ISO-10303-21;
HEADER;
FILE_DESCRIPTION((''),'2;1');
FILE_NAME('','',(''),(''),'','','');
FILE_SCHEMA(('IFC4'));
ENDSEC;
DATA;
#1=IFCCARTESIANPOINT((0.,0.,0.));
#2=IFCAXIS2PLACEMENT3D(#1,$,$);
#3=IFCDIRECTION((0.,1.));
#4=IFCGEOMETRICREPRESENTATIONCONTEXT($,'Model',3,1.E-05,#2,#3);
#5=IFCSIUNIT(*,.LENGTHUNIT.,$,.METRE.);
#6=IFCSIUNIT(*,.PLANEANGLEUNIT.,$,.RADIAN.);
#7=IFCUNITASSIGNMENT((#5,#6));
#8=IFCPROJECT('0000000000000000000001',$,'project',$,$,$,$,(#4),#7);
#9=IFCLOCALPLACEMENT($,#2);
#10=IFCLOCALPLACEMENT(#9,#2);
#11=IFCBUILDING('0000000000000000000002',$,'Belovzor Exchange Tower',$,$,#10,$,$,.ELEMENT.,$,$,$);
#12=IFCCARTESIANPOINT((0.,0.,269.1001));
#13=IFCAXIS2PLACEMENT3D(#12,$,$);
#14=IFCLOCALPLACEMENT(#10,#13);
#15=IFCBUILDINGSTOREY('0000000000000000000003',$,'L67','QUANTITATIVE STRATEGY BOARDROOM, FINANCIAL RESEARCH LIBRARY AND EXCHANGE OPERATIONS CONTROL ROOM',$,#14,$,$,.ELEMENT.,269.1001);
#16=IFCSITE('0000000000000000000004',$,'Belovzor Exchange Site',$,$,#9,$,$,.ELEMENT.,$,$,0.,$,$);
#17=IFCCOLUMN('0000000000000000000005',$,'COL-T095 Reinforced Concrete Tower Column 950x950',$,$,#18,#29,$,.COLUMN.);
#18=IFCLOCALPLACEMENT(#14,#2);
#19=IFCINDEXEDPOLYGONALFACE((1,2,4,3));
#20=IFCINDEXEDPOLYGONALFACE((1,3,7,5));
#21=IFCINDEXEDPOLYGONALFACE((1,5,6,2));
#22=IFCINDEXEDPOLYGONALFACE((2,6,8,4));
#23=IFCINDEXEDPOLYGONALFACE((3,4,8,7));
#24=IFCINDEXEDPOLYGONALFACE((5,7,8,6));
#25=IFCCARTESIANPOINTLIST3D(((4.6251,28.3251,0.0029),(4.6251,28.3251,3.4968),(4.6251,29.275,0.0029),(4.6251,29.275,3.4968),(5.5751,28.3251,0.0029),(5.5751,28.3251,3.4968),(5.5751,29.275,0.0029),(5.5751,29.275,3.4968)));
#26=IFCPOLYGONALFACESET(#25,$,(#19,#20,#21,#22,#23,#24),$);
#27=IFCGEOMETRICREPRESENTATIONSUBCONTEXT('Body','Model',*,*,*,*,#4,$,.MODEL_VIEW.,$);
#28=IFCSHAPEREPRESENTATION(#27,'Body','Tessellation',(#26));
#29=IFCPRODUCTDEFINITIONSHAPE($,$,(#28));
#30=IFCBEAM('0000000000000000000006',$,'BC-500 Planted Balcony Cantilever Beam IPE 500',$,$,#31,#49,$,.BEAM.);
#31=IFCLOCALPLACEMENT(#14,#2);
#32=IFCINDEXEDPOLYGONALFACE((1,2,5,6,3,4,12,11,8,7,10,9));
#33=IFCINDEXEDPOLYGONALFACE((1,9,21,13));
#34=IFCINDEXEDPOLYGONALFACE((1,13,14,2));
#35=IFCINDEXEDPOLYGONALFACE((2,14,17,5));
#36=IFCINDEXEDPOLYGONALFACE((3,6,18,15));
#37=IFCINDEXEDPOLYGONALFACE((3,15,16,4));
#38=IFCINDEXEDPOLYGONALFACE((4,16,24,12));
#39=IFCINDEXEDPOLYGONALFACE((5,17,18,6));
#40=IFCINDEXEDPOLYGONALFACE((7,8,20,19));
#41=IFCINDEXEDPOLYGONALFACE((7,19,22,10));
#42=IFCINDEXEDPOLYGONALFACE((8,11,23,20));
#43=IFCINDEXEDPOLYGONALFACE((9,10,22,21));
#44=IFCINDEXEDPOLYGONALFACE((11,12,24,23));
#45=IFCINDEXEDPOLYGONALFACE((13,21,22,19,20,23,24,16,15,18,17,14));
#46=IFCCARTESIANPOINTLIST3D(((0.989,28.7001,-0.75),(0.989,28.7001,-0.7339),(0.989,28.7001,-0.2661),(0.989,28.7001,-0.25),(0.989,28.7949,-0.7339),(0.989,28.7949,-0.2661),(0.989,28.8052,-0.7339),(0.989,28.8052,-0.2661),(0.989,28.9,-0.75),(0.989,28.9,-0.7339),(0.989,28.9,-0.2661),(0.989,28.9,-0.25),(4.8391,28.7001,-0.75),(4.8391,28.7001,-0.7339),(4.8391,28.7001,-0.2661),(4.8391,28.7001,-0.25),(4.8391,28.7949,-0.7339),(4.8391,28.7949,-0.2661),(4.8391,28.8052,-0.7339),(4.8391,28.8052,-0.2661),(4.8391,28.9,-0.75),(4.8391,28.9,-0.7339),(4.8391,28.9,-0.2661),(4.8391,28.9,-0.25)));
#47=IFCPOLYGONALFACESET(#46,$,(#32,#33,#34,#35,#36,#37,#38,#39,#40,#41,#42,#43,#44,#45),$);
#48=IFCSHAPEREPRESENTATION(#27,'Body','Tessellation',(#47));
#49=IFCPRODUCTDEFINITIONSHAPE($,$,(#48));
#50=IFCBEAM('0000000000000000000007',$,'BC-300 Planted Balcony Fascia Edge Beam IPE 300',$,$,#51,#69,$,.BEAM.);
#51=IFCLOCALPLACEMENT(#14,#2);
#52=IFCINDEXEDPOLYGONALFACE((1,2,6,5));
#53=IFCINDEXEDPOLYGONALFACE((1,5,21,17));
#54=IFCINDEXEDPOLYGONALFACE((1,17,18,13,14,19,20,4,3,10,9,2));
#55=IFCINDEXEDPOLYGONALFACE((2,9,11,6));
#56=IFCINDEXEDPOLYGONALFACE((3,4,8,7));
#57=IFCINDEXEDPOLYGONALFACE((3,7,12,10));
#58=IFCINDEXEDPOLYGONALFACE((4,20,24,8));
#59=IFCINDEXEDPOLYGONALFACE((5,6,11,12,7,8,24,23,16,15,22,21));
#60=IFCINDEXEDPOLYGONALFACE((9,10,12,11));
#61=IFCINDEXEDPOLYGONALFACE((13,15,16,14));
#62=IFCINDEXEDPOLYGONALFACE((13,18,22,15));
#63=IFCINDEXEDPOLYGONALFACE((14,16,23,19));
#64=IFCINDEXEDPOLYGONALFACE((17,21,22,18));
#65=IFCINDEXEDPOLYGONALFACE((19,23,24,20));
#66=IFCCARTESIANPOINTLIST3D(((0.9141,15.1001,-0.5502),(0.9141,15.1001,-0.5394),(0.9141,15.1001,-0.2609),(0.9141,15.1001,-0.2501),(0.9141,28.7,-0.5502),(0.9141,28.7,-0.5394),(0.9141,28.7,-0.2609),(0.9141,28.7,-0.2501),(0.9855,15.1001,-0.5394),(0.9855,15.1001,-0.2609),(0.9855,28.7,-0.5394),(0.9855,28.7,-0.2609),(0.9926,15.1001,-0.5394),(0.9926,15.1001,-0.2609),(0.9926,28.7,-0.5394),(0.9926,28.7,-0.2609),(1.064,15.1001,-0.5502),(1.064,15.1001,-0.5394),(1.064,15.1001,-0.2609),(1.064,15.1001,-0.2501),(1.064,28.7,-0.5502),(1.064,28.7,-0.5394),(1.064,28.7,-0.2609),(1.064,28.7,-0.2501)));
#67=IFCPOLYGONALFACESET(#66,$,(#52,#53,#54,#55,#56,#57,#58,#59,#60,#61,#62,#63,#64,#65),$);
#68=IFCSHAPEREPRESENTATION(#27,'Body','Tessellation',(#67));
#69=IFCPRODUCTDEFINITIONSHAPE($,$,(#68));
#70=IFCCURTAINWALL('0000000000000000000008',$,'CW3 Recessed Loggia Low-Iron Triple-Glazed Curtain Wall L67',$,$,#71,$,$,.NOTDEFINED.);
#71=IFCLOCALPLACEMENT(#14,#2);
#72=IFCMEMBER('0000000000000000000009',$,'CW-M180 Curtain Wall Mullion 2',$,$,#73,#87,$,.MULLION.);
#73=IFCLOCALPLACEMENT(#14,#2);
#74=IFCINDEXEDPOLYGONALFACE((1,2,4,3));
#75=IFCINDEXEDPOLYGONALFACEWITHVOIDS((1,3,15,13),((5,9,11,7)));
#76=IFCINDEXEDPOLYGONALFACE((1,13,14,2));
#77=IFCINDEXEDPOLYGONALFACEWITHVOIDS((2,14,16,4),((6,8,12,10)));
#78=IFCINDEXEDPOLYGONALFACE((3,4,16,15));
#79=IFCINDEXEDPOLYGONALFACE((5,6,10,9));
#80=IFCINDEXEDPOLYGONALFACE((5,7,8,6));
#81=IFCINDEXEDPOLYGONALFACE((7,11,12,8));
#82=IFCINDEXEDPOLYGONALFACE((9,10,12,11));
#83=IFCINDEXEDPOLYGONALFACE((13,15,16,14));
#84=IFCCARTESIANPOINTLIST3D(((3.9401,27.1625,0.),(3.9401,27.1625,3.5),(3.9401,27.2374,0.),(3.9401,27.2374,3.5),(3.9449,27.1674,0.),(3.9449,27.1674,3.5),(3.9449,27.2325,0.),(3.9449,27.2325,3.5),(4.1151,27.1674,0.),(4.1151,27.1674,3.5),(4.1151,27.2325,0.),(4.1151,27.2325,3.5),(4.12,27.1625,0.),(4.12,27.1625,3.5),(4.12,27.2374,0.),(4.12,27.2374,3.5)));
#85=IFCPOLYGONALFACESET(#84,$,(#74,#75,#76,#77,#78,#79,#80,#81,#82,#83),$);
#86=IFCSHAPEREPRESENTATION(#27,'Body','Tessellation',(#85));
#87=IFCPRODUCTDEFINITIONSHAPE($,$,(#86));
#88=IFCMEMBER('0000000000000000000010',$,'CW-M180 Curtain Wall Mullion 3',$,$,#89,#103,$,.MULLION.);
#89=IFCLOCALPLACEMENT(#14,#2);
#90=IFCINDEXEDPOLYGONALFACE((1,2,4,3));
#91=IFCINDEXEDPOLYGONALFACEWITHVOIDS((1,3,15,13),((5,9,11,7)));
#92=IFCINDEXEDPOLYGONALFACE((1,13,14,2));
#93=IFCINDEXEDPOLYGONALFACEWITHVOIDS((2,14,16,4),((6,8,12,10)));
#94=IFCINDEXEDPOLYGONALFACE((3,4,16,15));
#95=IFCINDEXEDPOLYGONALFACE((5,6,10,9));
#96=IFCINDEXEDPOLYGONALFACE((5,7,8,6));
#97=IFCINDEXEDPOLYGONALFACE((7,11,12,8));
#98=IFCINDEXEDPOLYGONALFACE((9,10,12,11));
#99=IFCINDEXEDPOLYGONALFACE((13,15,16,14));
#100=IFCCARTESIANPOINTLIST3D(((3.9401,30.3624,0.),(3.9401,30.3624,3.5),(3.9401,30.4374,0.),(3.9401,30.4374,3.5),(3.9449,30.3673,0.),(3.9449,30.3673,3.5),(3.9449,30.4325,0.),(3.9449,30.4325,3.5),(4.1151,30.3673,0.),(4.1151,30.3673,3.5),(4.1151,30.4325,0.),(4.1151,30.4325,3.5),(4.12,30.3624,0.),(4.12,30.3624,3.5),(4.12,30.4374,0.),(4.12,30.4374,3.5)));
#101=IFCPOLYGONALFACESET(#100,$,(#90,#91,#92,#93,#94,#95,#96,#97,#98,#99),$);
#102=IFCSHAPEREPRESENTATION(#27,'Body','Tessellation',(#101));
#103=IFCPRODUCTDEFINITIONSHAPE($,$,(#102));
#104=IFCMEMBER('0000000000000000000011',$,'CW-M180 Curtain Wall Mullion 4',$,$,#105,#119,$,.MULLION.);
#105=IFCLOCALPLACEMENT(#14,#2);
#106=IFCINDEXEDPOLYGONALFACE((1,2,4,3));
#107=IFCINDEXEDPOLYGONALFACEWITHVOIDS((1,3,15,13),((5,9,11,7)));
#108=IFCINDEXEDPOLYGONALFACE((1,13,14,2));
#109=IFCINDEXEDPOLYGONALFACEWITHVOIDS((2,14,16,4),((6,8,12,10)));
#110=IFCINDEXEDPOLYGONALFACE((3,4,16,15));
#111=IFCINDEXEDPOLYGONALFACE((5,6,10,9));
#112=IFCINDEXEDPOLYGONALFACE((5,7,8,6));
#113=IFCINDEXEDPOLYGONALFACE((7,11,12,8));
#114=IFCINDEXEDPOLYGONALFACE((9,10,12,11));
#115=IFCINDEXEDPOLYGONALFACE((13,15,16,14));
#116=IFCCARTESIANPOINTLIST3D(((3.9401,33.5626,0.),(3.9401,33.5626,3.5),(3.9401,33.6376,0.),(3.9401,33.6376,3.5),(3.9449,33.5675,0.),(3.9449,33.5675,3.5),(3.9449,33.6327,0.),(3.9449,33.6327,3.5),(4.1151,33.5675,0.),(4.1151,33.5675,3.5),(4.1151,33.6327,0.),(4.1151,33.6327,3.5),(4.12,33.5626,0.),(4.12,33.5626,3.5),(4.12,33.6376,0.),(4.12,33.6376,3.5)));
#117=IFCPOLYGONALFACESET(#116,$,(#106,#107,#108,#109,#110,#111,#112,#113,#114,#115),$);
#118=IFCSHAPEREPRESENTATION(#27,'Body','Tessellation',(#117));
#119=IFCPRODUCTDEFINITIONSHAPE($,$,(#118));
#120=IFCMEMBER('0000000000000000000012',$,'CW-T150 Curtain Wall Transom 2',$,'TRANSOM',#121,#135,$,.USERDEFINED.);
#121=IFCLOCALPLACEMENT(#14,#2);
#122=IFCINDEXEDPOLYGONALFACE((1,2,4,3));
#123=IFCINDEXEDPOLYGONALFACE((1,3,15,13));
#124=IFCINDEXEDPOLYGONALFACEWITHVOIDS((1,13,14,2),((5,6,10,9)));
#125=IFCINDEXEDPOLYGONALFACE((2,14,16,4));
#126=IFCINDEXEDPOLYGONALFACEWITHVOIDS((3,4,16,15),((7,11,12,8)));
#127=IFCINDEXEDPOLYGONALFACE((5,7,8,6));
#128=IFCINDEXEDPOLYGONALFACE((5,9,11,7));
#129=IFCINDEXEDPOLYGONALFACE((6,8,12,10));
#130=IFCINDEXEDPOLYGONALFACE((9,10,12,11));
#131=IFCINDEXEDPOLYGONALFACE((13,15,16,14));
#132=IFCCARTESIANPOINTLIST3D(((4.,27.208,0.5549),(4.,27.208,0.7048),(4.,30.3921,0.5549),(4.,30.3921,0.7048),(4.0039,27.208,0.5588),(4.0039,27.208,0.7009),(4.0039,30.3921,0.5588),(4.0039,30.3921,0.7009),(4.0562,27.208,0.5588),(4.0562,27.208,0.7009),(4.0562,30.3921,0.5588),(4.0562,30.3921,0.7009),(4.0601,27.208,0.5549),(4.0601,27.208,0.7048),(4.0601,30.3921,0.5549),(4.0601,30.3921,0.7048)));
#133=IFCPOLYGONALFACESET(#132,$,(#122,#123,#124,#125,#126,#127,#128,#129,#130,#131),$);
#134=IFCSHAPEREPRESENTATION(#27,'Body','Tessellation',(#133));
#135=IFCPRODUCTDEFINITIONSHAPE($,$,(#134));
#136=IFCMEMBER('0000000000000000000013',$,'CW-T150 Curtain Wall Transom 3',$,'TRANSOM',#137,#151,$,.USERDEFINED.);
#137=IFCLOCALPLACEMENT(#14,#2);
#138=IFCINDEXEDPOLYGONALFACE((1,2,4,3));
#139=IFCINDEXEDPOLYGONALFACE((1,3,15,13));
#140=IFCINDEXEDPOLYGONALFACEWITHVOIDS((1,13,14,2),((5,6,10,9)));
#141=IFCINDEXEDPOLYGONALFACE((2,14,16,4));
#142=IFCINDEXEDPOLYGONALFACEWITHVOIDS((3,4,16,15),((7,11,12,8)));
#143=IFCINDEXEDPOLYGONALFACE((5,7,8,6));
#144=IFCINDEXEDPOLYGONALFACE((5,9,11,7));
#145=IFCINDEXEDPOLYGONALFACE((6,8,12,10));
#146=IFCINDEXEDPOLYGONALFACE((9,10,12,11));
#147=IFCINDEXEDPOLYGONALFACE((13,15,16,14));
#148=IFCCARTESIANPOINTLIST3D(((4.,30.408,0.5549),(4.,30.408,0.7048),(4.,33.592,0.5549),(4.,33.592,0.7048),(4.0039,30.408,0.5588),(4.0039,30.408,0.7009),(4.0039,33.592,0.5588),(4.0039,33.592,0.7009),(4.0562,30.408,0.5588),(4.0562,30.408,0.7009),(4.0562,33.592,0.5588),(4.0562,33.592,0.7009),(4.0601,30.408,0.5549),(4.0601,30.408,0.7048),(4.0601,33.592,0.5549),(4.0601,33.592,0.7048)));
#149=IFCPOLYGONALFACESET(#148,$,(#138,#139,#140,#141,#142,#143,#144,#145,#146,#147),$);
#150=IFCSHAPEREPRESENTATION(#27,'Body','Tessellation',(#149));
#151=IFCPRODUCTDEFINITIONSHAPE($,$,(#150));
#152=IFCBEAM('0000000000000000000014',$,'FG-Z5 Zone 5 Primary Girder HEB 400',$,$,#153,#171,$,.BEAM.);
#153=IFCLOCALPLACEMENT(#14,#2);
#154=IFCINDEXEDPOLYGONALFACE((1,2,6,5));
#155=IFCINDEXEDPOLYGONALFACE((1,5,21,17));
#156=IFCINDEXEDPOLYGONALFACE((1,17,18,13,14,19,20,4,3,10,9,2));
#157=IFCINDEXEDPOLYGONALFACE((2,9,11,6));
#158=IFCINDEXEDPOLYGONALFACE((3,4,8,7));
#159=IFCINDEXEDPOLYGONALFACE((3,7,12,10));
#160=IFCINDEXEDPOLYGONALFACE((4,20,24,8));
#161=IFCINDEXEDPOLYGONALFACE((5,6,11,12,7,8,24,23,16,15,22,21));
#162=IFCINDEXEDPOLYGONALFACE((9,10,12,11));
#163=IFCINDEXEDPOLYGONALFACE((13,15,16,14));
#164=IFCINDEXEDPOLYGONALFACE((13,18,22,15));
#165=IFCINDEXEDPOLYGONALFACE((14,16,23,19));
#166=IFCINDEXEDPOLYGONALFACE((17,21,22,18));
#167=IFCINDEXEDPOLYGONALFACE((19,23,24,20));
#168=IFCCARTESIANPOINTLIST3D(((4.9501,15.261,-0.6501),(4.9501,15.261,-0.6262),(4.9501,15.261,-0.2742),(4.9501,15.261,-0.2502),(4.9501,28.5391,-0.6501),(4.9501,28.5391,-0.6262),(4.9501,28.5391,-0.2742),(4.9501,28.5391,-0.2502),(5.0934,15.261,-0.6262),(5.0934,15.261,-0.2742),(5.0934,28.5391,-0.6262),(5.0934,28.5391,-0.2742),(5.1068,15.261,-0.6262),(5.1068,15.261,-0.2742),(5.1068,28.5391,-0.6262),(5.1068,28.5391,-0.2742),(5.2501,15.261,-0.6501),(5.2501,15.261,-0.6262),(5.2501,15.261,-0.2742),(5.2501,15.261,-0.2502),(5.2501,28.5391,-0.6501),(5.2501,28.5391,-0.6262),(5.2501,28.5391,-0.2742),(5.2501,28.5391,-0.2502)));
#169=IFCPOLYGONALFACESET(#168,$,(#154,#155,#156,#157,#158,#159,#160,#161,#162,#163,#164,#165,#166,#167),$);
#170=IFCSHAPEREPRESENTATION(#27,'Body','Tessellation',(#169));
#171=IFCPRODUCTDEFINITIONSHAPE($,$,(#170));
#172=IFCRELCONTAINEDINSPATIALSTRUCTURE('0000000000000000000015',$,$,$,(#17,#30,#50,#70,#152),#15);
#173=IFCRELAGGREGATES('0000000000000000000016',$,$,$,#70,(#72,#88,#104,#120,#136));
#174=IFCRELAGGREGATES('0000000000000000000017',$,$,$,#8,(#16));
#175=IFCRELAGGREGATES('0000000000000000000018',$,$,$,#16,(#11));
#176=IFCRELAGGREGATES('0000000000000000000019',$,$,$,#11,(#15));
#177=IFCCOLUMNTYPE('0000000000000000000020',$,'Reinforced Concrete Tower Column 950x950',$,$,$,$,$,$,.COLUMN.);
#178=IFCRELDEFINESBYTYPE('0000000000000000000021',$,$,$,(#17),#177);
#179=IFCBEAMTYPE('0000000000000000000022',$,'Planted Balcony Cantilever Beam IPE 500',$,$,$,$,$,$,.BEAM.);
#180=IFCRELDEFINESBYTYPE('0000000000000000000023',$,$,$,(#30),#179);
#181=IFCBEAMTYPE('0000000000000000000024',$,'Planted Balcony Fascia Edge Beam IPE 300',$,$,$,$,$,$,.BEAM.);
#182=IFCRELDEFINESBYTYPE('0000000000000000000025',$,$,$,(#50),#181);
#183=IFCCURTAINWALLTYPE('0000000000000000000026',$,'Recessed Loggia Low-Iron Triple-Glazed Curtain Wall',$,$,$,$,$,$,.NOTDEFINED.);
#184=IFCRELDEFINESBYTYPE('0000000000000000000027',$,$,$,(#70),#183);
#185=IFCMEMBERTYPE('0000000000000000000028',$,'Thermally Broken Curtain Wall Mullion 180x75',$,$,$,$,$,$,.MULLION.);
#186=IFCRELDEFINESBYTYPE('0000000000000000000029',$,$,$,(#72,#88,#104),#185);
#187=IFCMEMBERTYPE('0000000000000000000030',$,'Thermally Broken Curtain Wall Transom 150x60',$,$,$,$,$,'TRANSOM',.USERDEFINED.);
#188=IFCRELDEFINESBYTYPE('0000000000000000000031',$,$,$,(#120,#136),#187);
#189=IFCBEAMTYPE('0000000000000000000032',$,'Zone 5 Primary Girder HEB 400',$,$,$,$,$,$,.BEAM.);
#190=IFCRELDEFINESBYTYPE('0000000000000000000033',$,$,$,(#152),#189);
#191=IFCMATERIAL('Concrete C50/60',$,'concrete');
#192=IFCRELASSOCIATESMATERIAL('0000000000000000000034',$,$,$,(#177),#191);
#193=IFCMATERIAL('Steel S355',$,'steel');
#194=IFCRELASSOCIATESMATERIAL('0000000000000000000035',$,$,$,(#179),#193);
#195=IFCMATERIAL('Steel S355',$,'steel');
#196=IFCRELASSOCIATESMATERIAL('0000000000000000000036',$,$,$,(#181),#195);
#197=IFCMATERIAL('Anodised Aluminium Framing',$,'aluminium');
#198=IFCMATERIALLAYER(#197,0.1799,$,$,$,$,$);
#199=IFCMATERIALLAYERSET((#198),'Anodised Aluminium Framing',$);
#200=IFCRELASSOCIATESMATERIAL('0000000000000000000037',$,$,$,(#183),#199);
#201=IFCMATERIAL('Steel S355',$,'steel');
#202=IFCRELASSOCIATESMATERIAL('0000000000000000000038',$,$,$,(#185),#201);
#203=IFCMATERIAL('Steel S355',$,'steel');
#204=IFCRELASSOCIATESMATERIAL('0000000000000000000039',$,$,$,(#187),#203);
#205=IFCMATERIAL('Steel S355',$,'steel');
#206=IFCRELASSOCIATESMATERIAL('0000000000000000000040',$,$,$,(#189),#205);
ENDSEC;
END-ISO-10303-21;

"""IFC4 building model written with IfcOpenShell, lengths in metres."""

from ifc_helpers import new_model, si_unit, direction, frame, origin, origin_2d, place, context, subcontext, project, spatial, rectangle, hollow_rectangle, i_section, extrude, material, layer, layer_set, material_profile, profile_set, type_object, element, aggregate, save


model = new_model("IFC4")

# Units and contexts
model_context = context("Model", 3, precision=1e-05, world=origin(), true_north=direction((0.0, 1.0)))
body_context = subcontext(model_context, "Body", "Model", "MODEL_VIEW")
ifc_project = project(units=[si_unit("LENGTHUNIT", "METRE"), si_unit("PLANEANGLEUNIT", "RADIAN")], contexts=[model_context])

# Site, building, storey
site_placement = place(None, origin())
site = spatial("IfcSite", under=ifc_project, at=site_placement, Name="Belovzor Exchange Site", CompositionType="ELEMENT", RefElevation=0.0)
building_placement = place(site_placement, origin())
building = spatial("IfcBuilding", under=site, at=building_placement, Name="Belovzor Exchange Tower", CompositionType="ELEMENT")
storey_placement = place(building_placement, frame((0.0, 0.0, 269.1001)))
storey = spatial("IfcBuildingStorey", under=building, at=storey_placement, Name="L67", Description="QUANTITATIVE STRATEGY BOARDROOM, FINANCIAL RESEARCH LIBRARY AND EXCHANGE OPERATIONS CONTROL ROOM", CompositionType="ELEMENT", Elevation=269.1001)

# Column
ifc_material_1 = material(Name="Concrete C50/60", Category="concrete")
ifc_material_profile_1 = material_profile(ifc_material_1, rectangle(XDim=0.95, YDim=0.95, at=origin_2d()))
ifc_profile_set_1 = profile_set([ifc_material_profile_1], Name="Concrete C50/60")
column_type = type_object("IfcColumnType", Name="Reinforced Concrete Tower Column 950x950", PredefinedType="COLUMN", material=ifc_profile_set_1)
column_placement = place(storey_placement, frame((5.1001, 28.8, 0.0029), z_axis=(0.0, 0.0, 1.0), x_axis=(1.0, 0.0, 0.0)))
element("IfcColumn", 1, at=column_placement, inside=storey, type_object=column_type, Name="COL-T095 Reinforced Concrete Tower Column 950x950", PredefinedType="COLUMN", context=body_context, shape_type="SweptSolid", body=[
    extrude(rectangle(XDim=0.95, YDim=0.95, at=origin_2d()), origin(), (0.0, 0.0, 1.0), 3.4939),
])

# Beams
ifc_material_2 = material(Name="Steel S355", Category="steel")
ifc_material_profile_2 = material_profile(ifc_material_2, i_section(OverallWidth=0.2, OverallDepth=0.5, WebThickness=0.0103, FlangeThickness=0.0161, at=origin_2d()))
ifc_profile_set_2 = profile_set([ifc_material_profile_2], Name="Steel S355")
beam_type_1 = type_object("IfcBeamType", Name="Planted Balcony Cantilever Beam IPE 500", PredefinedType="BEAM", material=ifc_profile_set_2)
beam_1_placement = place(storey_placement, frame((4.8391, 28.8, -0.5), z_axis=(-1.0, 0.0, 0.0), x_axis=(0.0, -1.0, 0.0)))
element("IfcBeam", 2, at=beam_1_placement, inside=storey, type_object=beam_type_1, Name="BC-500 Planted Balcony Cantilever Beam IPE 500", PredefinedType="BEAM", context=body_context, shape_type="SweptSolid", body=[
    extrude(i_section(OverallWidth=0.2, OverallDepth=0.5, WebThickness=0.0103, FlangeThickness=0.0161, at=origin_2d()), origin(), (0.0, 0.0, 1.0), 3.8501),
])
ifc_material_3 = material(Name="Steel S355", Category="steel")
ifc_material_profile_3 = material_profile(ifc_material_3, i_section(OverallWidth=0.1499, OverallDepth=0.3, WebThickness=0.0071, FlangeThickness=0.0107, at=origin_2d()))
ifc_profile_set_3 = profile_set([ifc_material_profile_3], Name="Steel S355")
beam_type_2 = type_object("IfcBeamType", Name="Planted Balcony Fascia Edge Beam IPE 300", PredefinedType="BEAM", material=ifc_profile_set_3)
beam_2_placement = place(storey_placement, frame((0.989, 28.7, -0.4001), z_axis=(0.0, -1.0, 0.0), x_axis=(1.0, 0.0, 0.0)))
element("IfcBeam", 3, at=beam_2_placement, inside=storey, type_object=beam_type_2, Name="BC-300 Planted Balcony Fascia Edge Beam IPE 300", PredefinedType="BEAM", context=body_context, shape_type="SweptSolid", body=[
    extrude(i_section(OverallWidth=0.1499, OverallDepth=0.3, WebThickness=0.0071, FlangeThickness=0.0107, at=origin_2d()), origin(), (0.0, 0.0, 1.0), 13.5999),
])

# Curtain wall, members
ifc_material_4 = material(Name="Anodised Aluminium Framing", Category="aluminium")
ifc_layer_1 = layer(ifc_material_4, 0.1799)
ifc_layer_set_1 = layer_set([ifc_layer_1], Name="Anodised Aluminium Framing")
curtain_wall_type = type_object("IfcCurtainWallType", Name="Recessed Loggia Low-Iron Triple-Glazed Curtain Wall", PredefinedType="NOTDEFINED", material=ifc_layer_set_1)
curtain_wall_placement = place(storey_placement, origin())
curtain_wall = element("IfcCurtainWall", 4, at=curtain_wall_placement, inside=storey, type_object=curtain_wall_type, Name="CW3 Recessed Loggia Low-Iron Triple-Glazed Curtain Wall L67", PredefinedType="NOTDEFINED")
ifc_material_5 = material(Name="Steel S355", Category="steel")
ifc_material_profile_4 = material_profile(ifc_material_5, hollow_rectangle(XDim=0.075, YDim=0.1799, WallThickness=0.0049, at=origin_2d()))
ifc_profile_set_4 = profile_set([ifc_material_profile_4], Name="Steel S355")
member_type_1 = type_object("IfcMemberType", Name="Thermally Broken Curtain Wall Mullion 180x75", PredefinedType="MULLION", material=ifc_profile_set_4)
member_1_placement = place(storey_placement, frame((4.03, 27.2, 0.0), z_axis=(0.0, 0.0, 1.0), x_axis=(0.0, 1.0, 0.0)))
member_1 = element("IfcMember", 5, at=member_1_placement, type_object=member_type_1, Name="CW-M180 Curtain Wall Mullion 2", PredefinedType="MULLION", context=body_context, shape_type="SweptSolid", body=[
    extrude(hollow_rectangle(XDim=0.075, YDim=0.1799, WallThickness=0.0049, at=origin_2d()), origin(), (0.0, 0.0, 1.0), 3.5),
])
member_2_placement = place(storey_placement, frame((4.03, 30.3999, 0.0), z_axis=(0.0, 0.0, 1.0), x_axis=(0.0, 1.0, 0.0)))
member_2 = element("IfcMember", 6, at=member_2_placement, type_object=member_type_1, Name="CW-M180 Curtain Wall Mullion 3", PredefinedType="MULLION", context=body_context, shape_type="SweptSolid", body=[
    extrude(hollow_rectangle(XDim=0.075, YDim=0.1799, WallThickness=0.0049, at=origin_2d()), origin(), (0.0, 0.0, 1.0), 3.5),
])
member_3_placement = place(storey_placement, frame((4.03, 33.6001, 0.0), z_axis=(0.0, 0.0, 1.0), x_axis=(0.0, 1.0, 0.0)))
member_3 = element("IfcMember", 7, at=member_3_placement, type_object=member_type_1, Name="CW-M180 Curtain Wall Mullion 4", PredefinedType="MULLION", context=body_context, shape_type="SweptSolid", body=[
    extrude(hollow_rectangle(XDim=0.075, YDim=0.1799, WallThickness=0.0049, at=origin_2d()), origin(), (0.0, 0.0, 1.0), 3.5),
])
ifc_material_6 = material(Name="Steel S355", Category="steel")
ifc_material_profile_5 = material_profile(ifc_material_6, hollow_rectangle(XDim=0.0601, YDim=0.1499, WallThickness=0.0039, at=origin_2d()))
ifc_profile_set_5 = profile_set([ifc_material_profile_5], Name="Steel S355")
member_type_2 = type_object("IfcMemberType", Name="Thermally Broken Curtain Wall Transom 150x60", ElementType="TRANSOM", PredefinedType="USERDEFINED", material=ifc_profile_set_5)
member_4_placement = place(storey_placement, frame((4.03, 27.208, 0.6299), z_axis=(0.0, 1.0, 0.0), x_axis=(-1.0, 0.0, 0.0)))
member_4 = element("IfcMember", 8, at=member_4_placement, type_object=member_type_2, Name="CW-T150 Curtain Wall Transom 2", ObjectType="TRANSOM", PredefinedType="USERDEFINED", context=body_context, shape_type="SweptSolid", body=[
    extrude(hollow_rectangle(XDim=0.0601, YDim=0.1499, WallThickness=0.0039, at=origin_2d()), origin(), (0.0, 0.0, 1.0), 3.1841),
])
member_5_placement = place(storey_placement, frame((4.03, 30.408, 0.6299), z_axis=(0.0, 1.0, 0.0), x_axis=(-1.0, 0.0, 0.0)))
member_5 = element("IfcMember", 9, at=member_5_placement, type_object=member_type_2, Name="CW-T150 Curtain Wall Transom 3", ObjectType="TRANSOM", PredefinedType="USERDEFINED", context=body_context, shape_type="SweptSolid", body=[
    extrude(hollow_rectangle(XDim=0.0601, YDim=0.1499, WallThickness=0.0039, at=origin_2d()), origin(), (0.0, 0.0, 1.0), 3.1841),
])

# Beam
ifc_material_7 = material(Name="Steel S355", Category="steel")
ifc_material_profile_6 = material_profile(ifc_material_7, i_section(OverallWidth=0.3, OverallDepth=0.3999, WebThickness=0.0134, FlangeThickness=0.0239, at=origin_2d()))
ifc_profile_set_6 = profile_set([ifc_material_profile_6], Name="Steel S355")
beam_type_3 = type_object("IfcBeamType", Name="Zone 5 Primary Girder HEB 400", PredefinedType="BEAM", material=ifc_profile_set_6)
beam_3_placement = place(storey_placement, frame((5.1001, 28.5391, -0.4502), z_axis=(0.0, -1.0, 0.0), x_axis=(1.0, 0.0, 0.0)))
element("IfcBeam", 10, at=beam_3_placement, inside=storey, type_object=beam_type_3, Name="FG-Z5 Zone 5 Primary Girder HEB 400", PredefinedType="BEAM", context=body_context, shape_type="SweptSolid", body=[
    extrude(i_section(OverallWidth=0.3, OverallDepth=0.3999, WebThickness=0.0134, FlangeThickness=0.0239, at=origin_2d()), origin(), (0.0, 0.0, 1.0), 13.2781),
])

aggregate(curtain_wall, [member_1, member_2, member_3, member_4, member_5])

save(model, "model.ifc")
